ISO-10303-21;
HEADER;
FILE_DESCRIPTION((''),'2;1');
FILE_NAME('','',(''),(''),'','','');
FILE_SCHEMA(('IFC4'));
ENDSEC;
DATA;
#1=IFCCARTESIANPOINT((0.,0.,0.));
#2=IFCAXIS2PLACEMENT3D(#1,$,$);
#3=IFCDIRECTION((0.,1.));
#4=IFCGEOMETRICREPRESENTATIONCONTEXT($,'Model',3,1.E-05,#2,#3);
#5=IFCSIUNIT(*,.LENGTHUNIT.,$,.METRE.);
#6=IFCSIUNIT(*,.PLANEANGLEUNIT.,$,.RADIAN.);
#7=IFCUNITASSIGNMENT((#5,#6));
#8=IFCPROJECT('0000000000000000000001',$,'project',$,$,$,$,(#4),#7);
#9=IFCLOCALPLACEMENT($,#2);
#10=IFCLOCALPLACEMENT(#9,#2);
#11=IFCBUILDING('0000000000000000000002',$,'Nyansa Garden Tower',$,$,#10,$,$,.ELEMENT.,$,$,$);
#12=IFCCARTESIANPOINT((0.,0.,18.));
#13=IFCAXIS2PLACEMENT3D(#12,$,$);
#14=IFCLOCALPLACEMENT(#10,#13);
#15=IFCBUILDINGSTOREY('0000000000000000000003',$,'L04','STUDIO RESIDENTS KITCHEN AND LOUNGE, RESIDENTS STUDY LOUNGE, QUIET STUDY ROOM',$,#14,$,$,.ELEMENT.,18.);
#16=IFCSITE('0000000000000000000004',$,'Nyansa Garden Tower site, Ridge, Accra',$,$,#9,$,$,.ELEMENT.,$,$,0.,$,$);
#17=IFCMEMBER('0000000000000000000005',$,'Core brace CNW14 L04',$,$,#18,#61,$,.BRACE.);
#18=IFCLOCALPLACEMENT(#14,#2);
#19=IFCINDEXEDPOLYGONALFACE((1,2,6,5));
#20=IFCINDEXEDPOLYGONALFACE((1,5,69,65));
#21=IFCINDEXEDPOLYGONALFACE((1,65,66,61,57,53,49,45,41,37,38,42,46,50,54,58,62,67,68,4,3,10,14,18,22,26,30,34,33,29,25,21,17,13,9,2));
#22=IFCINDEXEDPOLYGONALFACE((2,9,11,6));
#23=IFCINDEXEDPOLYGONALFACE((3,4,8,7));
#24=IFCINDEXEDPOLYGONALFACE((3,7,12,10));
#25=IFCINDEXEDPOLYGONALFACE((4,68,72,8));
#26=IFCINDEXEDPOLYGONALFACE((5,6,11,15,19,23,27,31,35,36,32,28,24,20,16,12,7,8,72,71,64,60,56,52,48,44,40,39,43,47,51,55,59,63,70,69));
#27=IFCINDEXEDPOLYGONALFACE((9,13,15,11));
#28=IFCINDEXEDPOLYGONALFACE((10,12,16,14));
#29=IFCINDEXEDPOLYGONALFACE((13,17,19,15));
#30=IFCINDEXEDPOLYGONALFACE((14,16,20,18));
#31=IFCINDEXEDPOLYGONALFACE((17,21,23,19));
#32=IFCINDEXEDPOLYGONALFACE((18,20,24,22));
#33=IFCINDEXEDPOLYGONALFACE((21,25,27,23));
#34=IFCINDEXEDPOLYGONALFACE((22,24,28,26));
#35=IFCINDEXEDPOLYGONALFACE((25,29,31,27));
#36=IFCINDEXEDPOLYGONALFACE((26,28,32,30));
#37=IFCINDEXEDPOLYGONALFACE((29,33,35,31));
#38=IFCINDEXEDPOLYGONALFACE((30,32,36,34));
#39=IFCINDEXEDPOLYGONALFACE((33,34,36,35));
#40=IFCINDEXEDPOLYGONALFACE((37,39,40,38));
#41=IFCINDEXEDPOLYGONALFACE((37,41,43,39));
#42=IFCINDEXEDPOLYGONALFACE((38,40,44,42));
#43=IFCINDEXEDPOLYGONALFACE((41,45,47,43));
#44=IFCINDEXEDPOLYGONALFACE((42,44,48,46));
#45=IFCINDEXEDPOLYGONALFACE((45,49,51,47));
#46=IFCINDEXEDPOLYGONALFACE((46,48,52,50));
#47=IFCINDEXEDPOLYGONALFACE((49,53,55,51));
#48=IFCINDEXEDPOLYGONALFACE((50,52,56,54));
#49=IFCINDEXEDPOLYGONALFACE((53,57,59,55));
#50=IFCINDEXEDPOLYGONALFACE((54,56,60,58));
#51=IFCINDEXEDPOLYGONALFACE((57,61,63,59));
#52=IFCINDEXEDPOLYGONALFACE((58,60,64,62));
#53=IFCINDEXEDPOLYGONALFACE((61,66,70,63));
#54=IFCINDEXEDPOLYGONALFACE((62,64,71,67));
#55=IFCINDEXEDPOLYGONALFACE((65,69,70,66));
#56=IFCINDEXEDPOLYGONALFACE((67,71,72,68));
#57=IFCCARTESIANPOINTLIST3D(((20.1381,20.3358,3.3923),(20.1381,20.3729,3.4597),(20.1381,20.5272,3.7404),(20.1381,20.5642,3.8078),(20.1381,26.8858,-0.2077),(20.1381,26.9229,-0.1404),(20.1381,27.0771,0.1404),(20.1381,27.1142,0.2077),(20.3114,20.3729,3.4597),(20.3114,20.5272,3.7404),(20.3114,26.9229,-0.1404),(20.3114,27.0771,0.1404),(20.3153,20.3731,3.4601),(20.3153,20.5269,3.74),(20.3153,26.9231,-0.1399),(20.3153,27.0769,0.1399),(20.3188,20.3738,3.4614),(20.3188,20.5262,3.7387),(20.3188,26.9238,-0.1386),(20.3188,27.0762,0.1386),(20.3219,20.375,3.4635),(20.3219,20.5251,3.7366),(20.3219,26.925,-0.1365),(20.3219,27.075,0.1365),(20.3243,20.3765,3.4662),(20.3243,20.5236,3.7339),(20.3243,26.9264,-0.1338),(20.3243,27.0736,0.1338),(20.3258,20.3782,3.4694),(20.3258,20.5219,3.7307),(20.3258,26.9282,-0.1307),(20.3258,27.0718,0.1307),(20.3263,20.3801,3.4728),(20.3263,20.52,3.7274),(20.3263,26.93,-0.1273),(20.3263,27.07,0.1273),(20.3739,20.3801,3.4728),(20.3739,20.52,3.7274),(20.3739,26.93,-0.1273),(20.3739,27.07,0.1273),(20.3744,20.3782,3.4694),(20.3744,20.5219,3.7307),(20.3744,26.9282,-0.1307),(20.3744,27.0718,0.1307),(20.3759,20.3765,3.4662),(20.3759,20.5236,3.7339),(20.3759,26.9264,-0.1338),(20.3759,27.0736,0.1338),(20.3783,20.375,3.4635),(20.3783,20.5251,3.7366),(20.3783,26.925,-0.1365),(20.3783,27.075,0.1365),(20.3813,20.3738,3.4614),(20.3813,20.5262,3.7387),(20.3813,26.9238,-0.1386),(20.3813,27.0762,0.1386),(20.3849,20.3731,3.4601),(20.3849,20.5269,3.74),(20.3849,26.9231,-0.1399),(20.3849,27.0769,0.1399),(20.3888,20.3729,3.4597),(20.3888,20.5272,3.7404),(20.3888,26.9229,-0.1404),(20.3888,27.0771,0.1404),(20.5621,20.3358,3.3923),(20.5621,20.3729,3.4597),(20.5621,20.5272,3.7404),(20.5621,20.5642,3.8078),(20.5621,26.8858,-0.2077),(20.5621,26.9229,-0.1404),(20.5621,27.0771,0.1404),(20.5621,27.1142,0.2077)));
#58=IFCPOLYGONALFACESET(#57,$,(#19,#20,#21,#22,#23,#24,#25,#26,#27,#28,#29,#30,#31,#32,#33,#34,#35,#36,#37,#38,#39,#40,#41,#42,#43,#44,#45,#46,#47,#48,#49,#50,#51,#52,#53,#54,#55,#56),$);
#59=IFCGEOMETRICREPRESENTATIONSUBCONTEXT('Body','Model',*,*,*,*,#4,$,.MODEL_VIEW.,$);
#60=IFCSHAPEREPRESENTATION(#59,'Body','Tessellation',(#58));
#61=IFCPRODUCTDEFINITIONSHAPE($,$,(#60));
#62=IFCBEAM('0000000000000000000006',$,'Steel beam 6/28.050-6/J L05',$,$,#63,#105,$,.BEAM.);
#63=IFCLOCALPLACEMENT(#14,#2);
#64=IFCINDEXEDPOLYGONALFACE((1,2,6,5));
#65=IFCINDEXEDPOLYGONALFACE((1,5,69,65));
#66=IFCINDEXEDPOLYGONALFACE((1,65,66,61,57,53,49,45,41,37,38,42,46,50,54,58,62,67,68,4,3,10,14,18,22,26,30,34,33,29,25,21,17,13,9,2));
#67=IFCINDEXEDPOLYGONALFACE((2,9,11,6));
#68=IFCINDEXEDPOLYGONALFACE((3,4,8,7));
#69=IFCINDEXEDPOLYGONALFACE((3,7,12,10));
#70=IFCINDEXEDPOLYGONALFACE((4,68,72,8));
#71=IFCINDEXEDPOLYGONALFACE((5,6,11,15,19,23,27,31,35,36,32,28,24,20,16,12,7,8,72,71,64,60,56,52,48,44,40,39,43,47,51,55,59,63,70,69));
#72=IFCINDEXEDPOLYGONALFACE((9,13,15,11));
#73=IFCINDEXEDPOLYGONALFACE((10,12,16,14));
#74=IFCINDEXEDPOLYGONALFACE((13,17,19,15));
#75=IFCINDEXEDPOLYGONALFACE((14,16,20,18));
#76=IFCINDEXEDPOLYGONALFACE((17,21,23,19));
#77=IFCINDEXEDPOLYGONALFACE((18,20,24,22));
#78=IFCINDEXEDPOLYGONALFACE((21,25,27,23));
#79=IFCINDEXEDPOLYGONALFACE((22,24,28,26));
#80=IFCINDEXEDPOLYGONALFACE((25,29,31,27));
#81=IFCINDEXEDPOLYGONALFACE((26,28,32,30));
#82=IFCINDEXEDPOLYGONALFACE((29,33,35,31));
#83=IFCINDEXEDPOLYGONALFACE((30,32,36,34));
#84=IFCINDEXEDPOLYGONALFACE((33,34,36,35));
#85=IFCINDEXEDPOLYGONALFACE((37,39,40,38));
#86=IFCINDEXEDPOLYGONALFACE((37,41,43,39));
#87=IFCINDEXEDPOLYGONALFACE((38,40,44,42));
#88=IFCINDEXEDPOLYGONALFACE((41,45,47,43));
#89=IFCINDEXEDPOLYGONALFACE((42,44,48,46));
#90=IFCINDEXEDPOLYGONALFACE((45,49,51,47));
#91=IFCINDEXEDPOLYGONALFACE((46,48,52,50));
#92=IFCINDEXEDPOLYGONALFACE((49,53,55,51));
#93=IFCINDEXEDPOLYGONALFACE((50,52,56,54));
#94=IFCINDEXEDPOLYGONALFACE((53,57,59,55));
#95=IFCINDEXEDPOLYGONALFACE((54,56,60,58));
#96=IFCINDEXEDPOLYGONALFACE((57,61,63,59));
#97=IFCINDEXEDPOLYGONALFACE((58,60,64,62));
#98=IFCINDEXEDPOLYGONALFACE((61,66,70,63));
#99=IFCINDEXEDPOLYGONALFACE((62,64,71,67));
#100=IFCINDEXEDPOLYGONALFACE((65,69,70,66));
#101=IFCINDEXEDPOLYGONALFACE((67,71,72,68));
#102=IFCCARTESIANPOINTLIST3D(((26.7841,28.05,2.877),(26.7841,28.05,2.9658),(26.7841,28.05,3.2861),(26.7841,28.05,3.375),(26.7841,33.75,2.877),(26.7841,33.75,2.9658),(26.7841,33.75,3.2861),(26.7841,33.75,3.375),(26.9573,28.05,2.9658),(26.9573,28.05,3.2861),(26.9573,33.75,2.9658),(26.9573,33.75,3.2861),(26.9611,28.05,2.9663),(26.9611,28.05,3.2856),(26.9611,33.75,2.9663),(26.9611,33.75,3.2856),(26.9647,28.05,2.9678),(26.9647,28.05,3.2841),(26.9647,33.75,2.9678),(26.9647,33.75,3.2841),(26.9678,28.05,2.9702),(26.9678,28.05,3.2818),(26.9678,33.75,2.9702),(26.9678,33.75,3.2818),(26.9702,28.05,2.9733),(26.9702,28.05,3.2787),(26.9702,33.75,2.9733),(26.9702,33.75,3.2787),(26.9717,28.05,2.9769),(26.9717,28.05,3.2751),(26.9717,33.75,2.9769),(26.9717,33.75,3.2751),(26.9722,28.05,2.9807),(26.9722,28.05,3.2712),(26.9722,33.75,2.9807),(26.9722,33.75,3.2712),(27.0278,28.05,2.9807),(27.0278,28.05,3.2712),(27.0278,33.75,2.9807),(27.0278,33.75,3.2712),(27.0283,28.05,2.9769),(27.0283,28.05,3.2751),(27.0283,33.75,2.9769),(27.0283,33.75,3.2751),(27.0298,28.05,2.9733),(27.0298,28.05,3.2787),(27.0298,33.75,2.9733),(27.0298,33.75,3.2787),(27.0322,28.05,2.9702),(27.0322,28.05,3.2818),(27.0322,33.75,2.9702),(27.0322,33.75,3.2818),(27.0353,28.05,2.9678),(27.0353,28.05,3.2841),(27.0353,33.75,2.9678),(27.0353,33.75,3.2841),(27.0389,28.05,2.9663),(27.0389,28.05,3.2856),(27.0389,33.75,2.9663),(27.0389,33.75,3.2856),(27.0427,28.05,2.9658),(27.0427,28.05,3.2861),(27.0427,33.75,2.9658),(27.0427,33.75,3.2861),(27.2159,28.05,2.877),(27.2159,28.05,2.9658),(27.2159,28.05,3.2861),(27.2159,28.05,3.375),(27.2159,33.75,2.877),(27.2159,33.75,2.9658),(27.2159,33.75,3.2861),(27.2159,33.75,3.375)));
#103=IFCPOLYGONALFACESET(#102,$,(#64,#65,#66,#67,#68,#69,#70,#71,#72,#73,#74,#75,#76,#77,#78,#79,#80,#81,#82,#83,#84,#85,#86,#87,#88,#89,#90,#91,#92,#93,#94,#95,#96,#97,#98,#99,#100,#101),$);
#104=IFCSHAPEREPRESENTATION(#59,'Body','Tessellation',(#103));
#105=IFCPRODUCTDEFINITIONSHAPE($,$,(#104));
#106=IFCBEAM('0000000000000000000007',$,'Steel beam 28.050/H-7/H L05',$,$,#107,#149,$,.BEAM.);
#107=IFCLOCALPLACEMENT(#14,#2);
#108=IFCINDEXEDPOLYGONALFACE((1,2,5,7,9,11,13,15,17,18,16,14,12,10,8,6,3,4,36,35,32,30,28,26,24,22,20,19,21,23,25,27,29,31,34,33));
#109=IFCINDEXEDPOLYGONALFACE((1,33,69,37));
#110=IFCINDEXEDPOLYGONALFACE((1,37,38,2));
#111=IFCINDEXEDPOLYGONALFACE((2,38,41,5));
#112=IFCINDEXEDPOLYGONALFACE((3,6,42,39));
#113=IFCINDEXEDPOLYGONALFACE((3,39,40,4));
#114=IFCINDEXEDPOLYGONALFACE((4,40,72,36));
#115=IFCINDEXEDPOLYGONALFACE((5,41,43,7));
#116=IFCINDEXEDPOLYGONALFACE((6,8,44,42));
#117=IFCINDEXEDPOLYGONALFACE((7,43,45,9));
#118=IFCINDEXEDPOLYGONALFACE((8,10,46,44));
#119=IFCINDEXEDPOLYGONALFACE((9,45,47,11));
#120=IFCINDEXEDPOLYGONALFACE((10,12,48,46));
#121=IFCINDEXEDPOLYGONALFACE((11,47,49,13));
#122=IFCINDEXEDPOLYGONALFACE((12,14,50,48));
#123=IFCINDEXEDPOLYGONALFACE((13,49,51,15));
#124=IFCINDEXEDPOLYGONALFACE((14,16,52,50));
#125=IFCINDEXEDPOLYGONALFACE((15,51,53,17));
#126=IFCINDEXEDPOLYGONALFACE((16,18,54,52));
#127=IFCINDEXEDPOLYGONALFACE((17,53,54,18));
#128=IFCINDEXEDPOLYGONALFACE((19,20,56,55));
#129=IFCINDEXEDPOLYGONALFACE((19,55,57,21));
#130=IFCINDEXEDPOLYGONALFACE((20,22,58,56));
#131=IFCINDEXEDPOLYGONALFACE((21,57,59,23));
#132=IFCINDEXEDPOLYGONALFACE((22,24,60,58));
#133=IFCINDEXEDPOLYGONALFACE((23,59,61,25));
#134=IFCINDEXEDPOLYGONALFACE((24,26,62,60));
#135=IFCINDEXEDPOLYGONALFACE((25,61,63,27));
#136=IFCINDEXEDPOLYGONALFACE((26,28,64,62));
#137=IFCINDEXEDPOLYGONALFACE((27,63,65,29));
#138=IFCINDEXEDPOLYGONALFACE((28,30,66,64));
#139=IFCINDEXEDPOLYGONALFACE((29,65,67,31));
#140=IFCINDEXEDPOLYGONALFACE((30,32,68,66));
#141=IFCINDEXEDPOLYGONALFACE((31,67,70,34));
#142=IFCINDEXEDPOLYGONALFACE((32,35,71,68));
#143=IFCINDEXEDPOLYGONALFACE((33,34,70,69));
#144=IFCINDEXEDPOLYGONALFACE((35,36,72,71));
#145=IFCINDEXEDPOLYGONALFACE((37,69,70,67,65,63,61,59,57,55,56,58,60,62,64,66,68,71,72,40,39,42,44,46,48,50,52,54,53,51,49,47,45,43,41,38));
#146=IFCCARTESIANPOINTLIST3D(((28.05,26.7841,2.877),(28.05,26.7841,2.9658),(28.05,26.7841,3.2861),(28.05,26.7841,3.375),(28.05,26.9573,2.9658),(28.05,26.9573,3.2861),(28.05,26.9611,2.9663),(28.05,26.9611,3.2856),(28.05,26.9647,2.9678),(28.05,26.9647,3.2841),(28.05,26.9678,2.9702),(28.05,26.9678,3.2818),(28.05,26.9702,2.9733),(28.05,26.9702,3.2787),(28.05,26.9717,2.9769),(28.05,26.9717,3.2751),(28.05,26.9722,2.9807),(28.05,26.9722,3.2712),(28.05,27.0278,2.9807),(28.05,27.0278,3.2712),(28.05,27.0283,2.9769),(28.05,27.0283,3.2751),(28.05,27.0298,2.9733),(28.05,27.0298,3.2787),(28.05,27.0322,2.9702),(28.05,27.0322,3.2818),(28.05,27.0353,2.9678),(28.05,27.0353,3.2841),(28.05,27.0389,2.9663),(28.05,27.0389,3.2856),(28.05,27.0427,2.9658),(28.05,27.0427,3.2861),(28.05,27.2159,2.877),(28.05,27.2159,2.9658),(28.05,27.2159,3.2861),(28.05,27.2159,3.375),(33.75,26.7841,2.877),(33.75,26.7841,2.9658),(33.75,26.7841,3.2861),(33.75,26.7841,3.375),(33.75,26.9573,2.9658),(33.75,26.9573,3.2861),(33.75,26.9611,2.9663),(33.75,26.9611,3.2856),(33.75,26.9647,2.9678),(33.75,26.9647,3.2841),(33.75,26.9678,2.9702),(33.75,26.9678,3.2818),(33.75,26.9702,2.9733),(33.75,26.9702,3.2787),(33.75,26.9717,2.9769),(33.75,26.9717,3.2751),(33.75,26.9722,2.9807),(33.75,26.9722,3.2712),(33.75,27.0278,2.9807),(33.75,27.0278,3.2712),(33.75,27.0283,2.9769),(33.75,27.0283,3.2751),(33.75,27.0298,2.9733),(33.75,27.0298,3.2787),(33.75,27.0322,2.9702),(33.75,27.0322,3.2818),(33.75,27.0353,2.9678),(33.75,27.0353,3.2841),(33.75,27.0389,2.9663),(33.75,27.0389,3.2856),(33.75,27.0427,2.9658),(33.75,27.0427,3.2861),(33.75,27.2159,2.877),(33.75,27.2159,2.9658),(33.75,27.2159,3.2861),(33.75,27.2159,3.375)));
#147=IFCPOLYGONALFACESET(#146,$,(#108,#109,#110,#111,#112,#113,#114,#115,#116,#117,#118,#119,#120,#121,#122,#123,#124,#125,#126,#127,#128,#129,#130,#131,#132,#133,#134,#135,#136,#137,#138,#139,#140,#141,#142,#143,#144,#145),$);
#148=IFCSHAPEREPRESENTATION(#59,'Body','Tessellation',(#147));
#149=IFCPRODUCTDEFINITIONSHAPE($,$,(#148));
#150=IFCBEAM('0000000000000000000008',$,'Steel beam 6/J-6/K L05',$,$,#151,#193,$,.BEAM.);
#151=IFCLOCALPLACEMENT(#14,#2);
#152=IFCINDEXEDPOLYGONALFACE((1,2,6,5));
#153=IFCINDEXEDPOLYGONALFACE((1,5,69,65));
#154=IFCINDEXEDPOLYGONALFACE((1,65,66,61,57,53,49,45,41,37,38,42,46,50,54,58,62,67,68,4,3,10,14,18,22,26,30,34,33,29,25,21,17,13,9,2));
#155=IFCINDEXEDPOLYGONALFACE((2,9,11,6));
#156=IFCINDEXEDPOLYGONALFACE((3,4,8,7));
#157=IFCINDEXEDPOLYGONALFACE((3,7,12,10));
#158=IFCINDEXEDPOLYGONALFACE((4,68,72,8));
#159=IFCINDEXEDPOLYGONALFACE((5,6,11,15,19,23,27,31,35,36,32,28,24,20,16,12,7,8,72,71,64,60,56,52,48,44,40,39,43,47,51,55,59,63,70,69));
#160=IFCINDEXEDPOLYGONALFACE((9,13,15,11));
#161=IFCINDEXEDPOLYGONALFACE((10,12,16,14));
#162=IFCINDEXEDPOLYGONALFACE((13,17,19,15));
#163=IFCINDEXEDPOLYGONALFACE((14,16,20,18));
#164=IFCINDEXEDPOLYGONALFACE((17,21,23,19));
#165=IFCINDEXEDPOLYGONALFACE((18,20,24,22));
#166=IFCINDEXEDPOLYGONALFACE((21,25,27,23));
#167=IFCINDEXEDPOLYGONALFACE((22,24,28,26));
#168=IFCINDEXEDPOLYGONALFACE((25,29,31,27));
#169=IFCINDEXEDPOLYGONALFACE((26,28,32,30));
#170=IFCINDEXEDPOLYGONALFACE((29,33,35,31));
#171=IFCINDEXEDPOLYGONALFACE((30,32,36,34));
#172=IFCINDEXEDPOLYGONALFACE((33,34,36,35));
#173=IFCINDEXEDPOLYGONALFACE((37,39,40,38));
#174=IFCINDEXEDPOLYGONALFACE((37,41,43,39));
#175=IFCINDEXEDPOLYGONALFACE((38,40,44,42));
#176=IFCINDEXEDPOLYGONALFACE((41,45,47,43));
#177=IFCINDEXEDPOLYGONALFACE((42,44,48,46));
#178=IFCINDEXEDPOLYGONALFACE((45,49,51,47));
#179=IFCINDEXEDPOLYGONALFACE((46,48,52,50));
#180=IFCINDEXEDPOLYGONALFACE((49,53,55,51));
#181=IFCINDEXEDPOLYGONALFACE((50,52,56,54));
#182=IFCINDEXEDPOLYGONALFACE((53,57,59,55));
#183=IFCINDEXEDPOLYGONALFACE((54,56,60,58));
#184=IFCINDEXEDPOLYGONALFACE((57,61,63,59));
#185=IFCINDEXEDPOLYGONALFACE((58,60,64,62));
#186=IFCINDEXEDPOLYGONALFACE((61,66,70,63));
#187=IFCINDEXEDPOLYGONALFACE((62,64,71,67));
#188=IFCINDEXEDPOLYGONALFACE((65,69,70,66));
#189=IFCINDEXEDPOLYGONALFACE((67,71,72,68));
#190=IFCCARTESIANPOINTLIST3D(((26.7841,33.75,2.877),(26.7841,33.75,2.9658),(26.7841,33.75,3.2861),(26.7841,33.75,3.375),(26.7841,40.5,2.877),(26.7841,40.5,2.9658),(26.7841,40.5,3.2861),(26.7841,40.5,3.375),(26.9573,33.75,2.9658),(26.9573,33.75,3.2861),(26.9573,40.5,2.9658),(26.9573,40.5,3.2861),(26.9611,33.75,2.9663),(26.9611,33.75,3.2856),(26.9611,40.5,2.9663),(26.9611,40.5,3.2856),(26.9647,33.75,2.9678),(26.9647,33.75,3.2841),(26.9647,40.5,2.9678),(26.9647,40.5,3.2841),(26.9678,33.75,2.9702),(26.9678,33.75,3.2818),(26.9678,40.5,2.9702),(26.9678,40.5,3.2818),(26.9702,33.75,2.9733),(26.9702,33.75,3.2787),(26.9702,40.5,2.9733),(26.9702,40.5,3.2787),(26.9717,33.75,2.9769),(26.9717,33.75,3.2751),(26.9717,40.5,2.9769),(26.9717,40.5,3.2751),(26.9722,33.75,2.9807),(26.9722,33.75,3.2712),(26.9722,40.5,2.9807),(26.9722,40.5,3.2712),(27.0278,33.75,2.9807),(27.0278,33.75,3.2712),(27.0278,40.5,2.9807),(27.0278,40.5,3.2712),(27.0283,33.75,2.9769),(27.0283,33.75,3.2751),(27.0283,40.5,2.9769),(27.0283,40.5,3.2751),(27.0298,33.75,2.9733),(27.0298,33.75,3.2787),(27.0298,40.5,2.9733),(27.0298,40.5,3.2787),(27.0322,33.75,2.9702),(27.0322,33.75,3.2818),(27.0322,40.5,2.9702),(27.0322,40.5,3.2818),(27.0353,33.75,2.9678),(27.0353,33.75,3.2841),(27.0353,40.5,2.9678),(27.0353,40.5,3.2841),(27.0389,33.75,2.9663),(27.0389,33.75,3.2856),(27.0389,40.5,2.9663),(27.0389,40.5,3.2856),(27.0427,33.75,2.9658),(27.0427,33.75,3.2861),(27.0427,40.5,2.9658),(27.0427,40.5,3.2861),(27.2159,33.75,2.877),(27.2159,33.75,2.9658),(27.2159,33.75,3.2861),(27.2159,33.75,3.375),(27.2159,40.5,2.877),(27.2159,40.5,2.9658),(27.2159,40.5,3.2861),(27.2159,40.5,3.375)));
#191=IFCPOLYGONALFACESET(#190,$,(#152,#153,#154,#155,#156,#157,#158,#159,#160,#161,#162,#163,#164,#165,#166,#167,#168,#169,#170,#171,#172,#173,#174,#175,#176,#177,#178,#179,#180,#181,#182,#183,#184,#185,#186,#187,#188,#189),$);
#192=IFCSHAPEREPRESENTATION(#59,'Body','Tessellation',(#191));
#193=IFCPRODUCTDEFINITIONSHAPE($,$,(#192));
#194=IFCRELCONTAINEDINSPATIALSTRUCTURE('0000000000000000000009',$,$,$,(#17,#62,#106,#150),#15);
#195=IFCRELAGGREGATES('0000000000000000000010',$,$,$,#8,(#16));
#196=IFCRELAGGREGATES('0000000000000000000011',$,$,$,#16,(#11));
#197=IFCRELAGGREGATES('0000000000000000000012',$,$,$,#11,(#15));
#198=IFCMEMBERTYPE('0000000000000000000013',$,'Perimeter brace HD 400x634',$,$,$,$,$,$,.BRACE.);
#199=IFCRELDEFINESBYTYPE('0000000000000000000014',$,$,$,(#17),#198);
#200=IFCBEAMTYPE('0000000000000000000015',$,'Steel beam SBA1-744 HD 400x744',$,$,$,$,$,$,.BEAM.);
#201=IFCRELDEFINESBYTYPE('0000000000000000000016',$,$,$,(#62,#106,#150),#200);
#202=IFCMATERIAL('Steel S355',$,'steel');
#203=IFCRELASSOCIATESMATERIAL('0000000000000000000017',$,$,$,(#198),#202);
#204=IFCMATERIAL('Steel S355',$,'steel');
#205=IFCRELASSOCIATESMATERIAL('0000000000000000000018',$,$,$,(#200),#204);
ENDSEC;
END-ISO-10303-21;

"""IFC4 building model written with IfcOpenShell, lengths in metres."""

from ifc_helpers import new_model, si_unit, direction, frame, origin, origin_2d, place, context, subcontext, project, spatial, i_section, extrude, material, material_profile, profile_set, type_object, element, save


model = new_model("IFC4")

# Units and contexts
model_context = context("Model", 3, precision=1e-05, world=origin(), true_north=direction((0.0, 1.0)))
body_context = subcontext(model_context, "Body", "Model", "MODEL_VIEW")
ifc_project = project(units=[si_unit("LENGTHUNIT", "METRE"), si_unit("PLANEANGLEUNIT", "RADIAN")], contexts=[model_context])

# Site, building, storey
site_placement = place(None, origin())
site = spatial("IfcSite", under=ifc_project, at=site_placement, Name="Nyansa Garden Tower site, Ridge, Accra", CompositionType="ELEMENT", RefElevation=0.0)
building_placement = place(site_placement, origin())
building = spatial("IfcBuilding", under=site, at=building_placement, Name="Nyansa Garden Tower", CompositionType="ELEMENT")
storey_placement = place(building_placement, frame((0.0, 0.0, 18.0)))
storey = spatial("IfcBuildingStorey", under=building, at=storey_placement, Name="L04", Description="STUDIO RESIDENTS KITCHEN AND LOUNGE, RESIDENTS STUDY LOUNGE, QUIET STUDY ROOM", CompositionType="ELEMENT", Elevation=18.0)

# Member
ifc_material_1 = material(Name="Steel S355", Category="steel")
ifc_material_profile_1 = material_profile(ifc_material_1, i_section(OverallWidth=0.4241, OverallDepth=0.4741, WebThickness=0.0476, FlangeThickness=0.0769, FilletRadius=0.0149, at=origin_2d()), Name="HD 400x634")
ifc_profile_set_1 = profile_set([ifc_material_profile_1], Name="Steel S355")
member_type = type_object("IfcMemberType", Name="Perimeter brace HD 400x634", PredefinedType="BRACE", material=ifc_profile_set_1)
for number, where, z_axis, x_axis, name in (
    (1, (20.3501, 27.0, 0.0), (0.0, -0.876353, 0.481669), (1.0, 0.0, 0.0), "Core brace CNW14 L04"),
):
    element("IfcMember", number, at=place(storey_placement, frame(where, z_axis=z_axis, x_axis=x_axis)), inside=storey, type_object=member_type, Name=name, PredefinedType="BRACE", context=body_context, shape_type="SweptSolid", body=[
        extrude(i_section(OverallWidth=0.4241, OverallDepth=0.4741, WebThickness=0.0476, FlangeThickness=0.0769, FilletRadius=0.0149, at=origin_2d()), origin(), (0.0, 0.0, 1.0), 7.4741),
    ])

# Beams
ifc_material_2 = material(Name="Steel S355", Category="steel")
ifc_material_profile_2 = material_profile(ifc_material_2, i_section(OverallWidth=0.4319, OverallDepth=0.498, WebThickness=0.0557, FlangeThickness=0.0889, FilletRadius=0.0149, at=origin_2d()), Name="HD 400x744")
ifc_profile_set_2 = profile_set([ifc_material_profile_2], Name="Steel S355")
beam_type_1 = type_object("IfcBeamType", Name="Steel beam SBA1-744 HD 400x744", PredefinedType="BEAM", material=ifc_profile_set_2)
for number, where, z_axis, x_axis, name in (
    (2, (27.0, 28.05, 3.126), (0.0, 1.0, 0.0), (-1.0, 0.0, 0.0), "Steel beam 6/28.050-6/J L05"),
    (3, (28.05, 27.0, 3.126), (1.0, 0.0, 0.0), (0.0, 1.0, 0.0), "Steel beam 28.050/H-7/H L05"),
):
    element("IfcBeam", number, at=place(storey_placement, frame(where, z_axis=z_axis, x_axis=x_axis)), inside=storey, type_object=beam_type_1, Name=name, PredefinedType="BEAM", context=body_context, shape_type="SweptSolid", body=[
        extrude(i_section(OverallWidth=0.4319, OverallDepth=0.498, WebThickness=0.0557, FlangeThickness=0.0889, FilletRadius=0.0149, at=origin_2d()), origin(), (0.0, 0.0, 1.0), 5.7),
    ])
for number, where, z_axis, x_axis, name in (
    (4, (27.0, 33.75, 3.126), (0.0, 1.0, 0.0), (-1.0, 0.0, 0.0), "Steel beam 6/J-6/K L05"),
):
    element("IfcBeam", number, at=place(storey_placement, frame(where, z_axis=z_axis, x_axis=x_axis)), inside=storey, type_object=beam_type_1, Name=name, PredefinedType="BEAM", context=body_context, shape_type="SweptSolid", body=[
        extrude(i_section(OverallWidth=0.4319, OverallDepth=0.498, WebThickness=0.0557, FlangeThickness=0.0889, FilletRadius=0.0149, at=origin_2d()), origin(), (0.0, 0.0, 1.0), 6.75),
    ])

save(model, "model.ifc")
